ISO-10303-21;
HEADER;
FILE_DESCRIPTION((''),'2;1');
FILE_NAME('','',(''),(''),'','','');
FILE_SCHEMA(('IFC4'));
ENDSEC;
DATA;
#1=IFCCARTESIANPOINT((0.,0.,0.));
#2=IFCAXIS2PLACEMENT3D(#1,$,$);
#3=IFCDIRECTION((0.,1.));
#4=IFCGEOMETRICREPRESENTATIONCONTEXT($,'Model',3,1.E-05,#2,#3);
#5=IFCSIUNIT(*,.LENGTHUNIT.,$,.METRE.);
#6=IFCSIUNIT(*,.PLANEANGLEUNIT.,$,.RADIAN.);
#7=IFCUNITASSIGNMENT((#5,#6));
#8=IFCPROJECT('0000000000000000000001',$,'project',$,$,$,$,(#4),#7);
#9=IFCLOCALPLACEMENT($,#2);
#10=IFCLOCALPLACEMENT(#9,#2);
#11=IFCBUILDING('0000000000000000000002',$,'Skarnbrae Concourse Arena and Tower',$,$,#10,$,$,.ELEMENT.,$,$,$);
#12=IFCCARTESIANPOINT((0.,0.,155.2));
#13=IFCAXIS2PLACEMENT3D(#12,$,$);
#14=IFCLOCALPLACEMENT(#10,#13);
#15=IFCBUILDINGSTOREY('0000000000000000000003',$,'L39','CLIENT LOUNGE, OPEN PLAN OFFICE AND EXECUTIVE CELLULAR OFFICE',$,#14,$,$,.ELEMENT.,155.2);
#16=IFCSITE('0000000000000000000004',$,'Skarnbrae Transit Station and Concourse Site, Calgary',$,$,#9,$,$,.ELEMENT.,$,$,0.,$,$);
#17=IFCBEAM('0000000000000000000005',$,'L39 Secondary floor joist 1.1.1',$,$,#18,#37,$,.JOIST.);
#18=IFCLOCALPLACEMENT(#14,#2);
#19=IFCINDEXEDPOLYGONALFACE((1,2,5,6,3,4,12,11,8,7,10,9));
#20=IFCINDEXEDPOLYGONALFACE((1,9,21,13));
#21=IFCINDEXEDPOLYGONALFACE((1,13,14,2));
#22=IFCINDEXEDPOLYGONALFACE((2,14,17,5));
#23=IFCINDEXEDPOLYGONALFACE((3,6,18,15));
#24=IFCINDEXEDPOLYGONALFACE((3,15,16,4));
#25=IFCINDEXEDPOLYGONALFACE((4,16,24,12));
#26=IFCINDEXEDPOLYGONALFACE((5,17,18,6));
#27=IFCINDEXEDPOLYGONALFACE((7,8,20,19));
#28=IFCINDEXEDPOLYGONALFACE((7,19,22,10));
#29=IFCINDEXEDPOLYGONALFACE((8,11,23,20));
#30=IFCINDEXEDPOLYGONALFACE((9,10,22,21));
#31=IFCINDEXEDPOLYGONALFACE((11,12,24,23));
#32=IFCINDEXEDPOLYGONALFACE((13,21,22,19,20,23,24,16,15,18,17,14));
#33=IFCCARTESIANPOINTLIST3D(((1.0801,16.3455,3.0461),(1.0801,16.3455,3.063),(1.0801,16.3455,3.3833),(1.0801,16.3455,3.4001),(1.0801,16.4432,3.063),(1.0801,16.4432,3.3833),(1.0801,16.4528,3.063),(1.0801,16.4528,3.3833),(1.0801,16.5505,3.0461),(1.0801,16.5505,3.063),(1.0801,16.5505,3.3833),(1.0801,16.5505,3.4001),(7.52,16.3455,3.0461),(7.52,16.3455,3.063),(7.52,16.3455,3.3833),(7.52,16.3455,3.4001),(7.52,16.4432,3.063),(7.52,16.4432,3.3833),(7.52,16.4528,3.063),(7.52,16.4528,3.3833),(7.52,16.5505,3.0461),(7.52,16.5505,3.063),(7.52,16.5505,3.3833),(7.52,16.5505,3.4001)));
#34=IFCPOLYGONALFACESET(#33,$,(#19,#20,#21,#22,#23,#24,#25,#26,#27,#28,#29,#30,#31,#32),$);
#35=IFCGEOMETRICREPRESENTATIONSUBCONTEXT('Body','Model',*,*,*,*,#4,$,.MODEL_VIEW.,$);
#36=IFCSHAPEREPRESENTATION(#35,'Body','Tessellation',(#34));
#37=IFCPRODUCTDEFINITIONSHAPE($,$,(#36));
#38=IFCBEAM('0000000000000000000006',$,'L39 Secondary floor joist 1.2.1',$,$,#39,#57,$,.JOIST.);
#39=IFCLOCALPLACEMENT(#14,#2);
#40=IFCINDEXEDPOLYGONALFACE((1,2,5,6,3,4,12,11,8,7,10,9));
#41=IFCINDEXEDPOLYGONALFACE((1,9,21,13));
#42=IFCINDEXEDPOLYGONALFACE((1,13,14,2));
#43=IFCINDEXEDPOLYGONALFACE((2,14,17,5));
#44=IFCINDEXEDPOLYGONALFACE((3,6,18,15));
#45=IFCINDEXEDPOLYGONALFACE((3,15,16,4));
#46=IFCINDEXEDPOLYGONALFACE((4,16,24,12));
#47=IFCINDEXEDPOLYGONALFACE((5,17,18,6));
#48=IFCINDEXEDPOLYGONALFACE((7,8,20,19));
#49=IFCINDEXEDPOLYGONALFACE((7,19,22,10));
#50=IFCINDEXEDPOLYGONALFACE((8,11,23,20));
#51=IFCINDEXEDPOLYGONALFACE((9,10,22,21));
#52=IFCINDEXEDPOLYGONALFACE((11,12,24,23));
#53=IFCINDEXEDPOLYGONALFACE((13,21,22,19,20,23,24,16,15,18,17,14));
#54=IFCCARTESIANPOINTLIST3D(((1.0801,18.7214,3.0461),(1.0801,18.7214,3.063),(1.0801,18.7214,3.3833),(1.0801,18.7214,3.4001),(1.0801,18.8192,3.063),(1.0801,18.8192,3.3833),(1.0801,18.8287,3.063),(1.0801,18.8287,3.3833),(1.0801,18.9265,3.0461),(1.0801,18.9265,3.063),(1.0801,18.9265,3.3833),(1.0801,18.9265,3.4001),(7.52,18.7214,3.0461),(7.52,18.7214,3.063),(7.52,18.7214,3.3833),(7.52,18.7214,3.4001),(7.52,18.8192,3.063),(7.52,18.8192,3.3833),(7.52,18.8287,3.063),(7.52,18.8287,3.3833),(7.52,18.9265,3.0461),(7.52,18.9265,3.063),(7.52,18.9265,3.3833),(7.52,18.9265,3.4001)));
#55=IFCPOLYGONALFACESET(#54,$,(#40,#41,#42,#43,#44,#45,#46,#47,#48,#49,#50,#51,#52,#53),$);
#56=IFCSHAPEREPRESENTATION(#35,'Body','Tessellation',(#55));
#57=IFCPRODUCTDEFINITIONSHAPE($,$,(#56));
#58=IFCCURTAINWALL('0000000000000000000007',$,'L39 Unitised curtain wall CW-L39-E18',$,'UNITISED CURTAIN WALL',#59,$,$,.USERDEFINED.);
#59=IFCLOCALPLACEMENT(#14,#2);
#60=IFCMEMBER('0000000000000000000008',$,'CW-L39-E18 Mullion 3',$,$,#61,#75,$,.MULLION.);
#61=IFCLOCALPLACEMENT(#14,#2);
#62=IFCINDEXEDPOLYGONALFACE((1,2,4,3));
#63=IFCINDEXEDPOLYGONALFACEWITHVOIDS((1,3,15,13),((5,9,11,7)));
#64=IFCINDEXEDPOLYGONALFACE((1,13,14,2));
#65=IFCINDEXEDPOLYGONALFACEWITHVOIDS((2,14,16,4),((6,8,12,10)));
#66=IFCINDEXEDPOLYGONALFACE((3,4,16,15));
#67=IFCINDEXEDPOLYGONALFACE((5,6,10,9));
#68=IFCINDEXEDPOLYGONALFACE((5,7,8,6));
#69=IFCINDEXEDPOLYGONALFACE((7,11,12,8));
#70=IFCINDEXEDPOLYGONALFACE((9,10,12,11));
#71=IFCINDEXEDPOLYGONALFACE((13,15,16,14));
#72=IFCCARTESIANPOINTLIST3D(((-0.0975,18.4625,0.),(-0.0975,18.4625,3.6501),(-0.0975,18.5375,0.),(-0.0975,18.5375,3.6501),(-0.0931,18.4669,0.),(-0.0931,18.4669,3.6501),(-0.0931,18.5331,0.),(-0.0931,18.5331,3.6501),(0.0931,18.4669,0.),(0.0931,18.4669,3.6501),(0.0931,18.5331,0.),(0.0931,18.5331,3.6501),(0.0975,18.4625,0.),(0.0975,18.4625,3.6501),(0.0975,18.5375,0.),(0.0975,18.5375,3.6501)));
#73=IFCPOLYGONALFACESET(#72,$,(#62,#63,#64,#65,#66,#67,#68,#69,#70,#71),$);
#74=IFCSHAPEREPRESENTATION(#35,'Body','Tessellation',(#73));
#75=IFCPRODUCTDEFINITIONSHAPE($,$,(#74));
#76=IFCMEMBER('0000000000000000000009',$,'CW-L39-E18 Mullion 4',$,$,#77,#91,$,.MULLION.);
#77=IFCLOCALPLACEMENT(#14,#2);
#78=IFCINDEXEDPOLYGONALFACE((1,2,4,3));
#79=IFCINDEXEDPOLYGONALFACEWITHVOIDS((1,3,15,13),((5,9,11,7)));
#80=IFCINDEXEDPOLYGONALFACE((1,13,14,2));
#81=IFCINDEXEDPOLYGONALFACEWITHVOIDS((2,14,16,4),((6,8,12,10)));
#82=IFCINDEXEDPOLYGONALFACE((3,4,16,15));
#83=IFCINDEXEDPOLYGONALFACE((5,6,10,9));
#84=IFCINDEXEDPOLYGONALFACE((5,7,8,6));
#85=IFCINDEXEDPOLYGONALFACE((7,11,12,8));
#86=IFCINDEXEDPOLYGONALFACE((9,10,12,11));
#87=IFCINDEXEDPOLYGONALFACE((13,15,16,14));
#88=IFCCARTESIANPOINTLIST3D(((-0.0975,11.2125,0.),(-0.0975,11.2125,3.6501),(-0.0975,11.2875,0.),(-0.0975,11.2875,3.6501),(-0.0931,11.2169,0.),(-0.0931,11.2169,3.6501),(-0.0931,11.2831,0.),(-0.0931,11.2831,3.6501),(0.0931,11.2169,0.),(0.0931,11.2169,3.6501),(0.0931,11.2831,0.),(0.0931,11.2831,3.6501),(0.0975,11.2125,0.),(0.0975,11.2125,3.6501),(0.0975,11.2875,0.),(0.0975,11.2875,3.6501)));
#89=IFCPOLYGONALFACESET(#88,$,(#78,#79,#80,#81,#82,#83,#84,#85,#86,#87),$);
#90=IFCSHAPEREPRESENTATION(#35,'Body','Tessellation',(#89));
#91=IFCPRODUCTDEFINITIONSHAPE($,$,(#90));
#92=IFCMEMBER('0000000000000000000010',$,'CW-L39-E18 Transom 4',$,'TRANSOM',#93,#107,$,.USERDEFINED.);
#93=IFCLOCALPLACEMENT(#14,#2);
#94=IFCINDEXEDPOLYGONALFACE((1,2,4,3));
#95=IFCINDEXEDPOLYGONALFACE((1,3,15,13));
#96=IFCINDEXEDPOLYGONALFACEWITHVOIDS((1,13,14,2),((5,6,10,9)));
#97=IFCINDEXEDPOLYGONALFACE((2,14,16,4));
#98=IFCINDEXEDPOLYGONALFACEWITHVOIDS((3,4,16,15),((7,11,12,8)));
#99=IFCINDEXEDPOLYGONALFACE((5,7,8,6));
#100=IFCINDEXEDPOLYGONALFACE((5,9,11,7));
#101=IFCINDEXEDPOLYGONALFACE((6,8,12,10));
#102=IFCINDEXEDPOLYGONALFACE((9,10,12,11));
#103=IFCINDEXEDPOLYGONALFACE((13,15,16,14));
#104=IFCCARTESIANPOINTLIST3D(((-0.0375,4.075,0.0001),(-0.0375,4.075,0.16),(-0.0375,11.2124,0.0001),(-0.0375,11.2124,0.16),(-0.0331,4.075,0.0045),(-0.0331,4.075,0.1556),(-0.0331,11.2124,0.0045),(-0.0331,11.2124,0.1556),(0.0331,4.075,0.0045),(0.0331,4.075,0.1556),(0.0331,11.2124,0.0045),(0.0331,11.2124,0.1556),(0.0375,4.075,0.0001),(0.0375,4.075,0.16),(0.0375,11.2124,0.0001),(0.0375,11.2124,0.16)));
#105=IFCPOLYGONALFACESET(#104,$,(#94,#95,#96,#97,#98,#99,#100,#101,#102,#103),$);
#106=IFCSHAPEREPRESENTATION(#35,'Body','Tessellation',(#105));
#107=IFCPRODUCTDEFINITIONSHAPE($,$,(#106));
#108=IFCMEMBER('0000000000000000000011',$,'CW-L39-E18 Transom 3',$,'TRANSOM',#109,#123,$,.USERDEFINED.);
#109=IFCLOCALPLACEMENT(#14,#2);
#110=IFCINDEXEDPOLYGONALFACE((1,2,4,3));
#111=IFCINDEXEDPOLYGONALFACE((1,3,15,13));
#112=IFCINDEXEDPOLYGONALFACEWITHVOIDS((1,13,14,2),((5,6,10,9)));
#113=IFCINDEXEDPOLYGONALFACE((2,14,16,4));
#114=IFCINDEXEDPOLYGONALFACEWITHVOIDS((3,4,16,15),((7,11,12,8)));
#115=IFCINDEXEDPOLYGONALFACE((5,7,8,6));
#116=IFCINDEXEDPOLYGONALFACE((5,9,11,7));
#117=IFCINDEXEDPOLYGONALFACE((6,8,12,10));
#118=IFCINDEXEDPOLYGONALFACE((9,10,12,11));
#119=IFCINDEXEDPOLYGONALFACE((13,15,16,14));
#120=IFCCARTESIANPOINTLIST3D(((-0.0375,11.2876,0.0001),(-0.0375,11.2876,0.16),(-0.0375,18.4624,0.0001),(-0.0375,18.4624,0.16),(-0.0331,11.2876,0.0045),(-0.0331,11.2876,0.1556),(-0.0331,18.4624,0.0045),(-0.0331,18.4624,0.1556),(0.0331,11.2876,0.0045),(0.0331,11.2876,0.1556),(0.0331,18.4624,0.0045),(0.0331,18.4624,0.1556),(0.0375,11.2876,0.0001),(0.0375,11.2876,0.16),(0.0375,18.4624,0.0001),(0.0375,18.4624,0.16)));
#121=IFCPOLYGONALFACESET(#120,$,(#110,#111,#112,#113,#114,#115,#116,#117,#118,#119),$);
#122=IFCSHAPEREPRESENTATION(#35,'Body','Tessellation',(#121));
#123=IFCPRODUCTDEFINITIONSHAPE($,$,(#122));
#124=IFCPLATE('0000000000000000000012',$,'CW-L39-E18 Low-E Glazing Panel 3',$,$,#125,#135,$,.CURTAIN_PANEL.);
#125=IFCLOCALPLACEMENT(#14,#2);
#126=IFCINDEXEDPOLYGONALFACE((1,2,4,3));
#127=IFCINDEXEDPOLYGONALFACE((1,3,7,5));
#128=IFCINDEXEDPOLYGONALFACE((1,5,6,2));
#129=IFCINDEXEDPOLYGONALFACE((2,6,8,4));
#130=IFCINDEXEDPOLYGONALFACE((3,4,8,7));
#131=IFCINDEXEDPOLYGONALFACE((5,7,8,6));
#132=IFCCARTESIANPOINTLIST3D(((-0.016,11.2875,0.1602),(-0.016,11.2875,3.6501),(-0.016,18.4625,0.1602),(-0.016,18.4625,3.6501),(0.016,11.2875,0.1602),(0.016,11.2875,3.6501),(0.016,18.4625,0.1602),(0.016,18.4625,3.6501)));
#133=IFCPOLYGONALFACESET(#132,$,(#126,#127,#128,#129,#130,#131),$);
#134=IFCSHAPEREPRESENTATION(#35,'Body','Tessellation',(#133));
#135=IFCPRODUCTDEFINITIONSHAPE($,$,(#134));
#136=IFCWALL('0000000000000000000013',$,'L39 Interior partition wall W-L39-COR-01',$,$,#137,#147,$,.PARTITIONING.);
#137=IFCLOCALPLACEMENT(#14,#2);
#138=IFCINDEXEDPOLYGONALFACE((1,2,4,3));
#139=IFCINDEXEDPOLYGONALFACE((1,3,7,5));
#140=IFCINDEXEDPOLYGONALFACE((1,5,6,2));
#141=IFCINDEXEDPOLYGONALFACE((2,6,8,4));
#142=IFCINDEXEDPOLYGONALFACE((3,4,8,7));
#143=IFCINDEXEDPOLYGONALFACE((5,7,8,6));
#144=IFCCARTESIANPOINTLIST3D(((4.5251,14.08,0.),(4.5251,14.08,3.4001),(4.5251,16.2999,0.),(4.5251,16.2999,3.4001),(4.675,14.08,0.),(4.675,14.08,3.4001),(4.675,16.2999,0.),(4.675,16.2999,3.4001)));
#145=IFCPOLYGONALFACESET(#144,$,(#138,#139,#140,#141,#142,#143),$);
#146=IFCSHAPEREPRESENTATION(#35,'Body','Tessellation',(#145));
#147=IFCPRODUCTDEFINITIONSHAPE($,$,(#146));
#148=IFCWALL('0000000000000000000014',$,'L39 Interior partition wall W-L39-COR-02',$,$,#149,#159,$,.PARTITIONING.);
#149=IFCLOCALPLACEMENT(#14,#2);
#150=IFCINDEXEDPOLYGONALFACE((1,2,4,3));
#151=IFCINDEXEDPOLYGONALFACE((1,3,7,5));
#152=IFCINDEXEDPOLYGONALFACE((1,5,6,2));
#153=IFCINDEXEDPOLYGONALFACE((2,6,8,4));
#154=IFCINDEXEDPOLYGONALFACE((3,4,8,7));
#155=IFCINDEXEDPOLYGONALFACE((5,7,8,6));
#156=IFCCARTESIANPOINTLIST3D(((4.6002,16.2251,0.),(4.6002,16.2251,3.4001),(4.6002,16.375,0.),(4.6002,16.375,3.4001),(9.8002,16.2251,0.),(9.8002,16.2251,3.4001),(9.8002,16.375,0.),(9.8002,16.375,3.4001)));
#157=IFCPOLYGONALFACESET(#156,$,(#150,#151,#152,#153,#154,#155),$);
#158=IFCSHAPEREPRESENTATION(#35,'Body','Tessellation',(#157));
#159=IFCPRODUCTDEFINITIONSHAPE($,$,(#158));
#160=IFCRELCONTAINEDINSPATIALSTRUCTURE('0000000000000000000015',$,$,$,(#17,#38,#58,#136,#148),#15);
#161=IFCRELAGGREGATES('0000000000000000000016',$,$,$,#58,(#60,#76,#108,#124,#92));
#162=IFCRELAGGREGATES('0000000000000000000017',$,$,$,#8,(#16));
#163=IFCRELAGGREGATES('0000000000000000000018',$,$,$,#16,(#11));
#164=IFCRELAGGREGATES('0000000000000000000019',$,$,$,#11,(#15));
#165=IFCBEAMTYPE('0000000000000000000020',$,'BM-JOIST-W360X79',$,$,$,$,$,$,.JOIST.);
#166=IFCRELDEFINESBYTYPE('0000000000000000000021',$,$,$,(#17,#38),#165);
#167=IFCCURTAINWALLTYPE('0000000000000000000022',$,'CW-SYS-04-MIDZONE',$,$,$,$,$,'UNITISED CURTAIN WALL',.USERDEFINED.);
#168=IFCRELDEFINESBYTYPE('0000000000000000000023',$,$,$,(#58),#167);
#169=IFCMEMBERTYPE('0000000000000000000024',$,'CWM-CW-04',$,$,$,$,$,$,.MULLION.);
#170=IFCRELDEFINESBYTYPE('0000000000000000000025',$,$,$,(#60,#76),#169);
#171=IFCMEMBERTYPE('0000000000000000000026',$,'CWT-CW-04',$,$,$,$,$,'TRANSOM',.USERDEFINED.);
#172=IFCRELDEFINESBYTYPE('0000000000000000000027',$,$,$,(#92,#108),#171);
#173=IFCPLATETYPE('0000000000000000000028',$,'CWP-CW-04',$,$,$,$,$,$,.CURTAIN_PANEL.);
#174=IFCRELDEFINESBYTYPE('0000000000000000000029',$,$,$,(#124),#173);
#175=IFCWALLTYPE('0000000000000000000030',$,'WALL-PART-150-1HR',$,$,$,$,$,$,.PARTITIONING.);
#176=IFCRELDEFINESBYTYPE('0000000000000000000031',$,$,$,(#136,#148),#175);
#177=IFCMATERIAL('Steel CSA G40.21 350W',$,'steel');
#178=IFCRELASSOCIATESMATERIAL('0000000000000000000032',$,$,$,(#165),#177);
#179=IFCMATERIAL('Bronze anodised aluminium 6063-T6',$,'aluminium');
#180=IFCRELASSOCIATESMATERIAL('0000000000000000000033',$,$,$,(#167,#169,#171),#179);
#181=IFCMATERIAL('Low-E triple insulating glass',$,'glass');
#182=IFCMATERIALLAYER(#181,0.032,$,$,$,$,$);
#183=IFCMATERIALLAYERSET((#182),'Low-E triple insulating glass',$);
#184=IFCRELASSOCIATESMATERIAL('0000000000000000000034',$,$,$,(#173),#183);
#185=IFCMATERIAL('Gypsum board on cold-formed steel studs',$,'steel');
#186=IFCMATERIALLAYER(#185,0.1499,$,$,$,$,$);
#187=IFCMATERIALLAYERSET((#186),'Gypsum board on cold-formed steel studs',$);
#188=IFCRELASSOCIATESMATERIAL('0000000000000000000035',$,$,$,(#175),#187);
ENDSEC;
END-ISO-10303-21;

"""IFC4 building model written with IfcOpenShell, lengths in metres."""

from ifc_helpers import new_model, si_unit, direction, frame, frame_2d, origin, origin_2d, place, context, subcontext, project, spatial, rectangle, hollow_rectangle, i_section, extrude, source, transform, mapped, material, layer, layer_set, material_profile, profile_set, type_object, element, aggregate, save


model = new_model("IFC4")

# Units and contexts
model_context = context("Model", 3, precision=1e-05, world=origin(), true_north=direction((0.0, 1.0)))
body_context = subcontext(model_context, "Body", "Model", "MODEL_VIEW")
ifc_project = project(units=[si_unit("LENGTHUNIT", "METRE"), si_unit("PLANEANGLEUNIT", "RADIAN")], contexts=[model_context])

# Site, building, storey
site_placement = place(None, origin())
site = spatial("IfcSite", under=ifc_project, at=site_placement, Name="Skarnbrae Transit Station and Concourse Site, Calgary", CompositionType="ELEMENT", RefElevation=0.0)
building_placement = place(site_placement, origin())
building = spatial("IfcBuilding", under=site, at=building_placement, Name="Skarnbrae Concourse Arena and Tower", CompositionType="ELEMENT")
storey_placement = place(building_placement, frame((0.0, 0.0, 155.2)))
storey = spatial("IfcBuildingStorey", under=building, at=storey_placement, Name="L39", Description="CLIENT LOUNGE, OPEN PLAN OFFICE AND EXECUTIVE CELLULAR OFFICE", CompositionType="ELEMENT", Elevation=155.2)

# Shared definitions
ifc_material_1 = material(Name="Steel CSA G40.21 350W", Category="steel")

# Beams
ifc_material_profile_1 = material_profile(ifc_material_1, i_section(OverallWidth=0.2051, OverallDepth=0.354, WebThickness=0.0095, FlangeThickness=0.0168, at=origin_2d()), Name="W360X79")
ifc_profile_set_1 = profile_set([ifc_material_profile_1], Name="Steel CSA G40.21 350W")
beam_type_1 = type_object("IfcBeamType", Name="BM-JOIST-W360X79", PredefinedType="JOIST", material=ifc_profile_set_1)
shared_shape_1 = source(origin(), body_context, "Body", "SweptSolid", [
    extrude(i_section(OverallWidth=0.2051, OverallDepth=0.354, WebThickness=0.0095, FlangeThickness=0.0168, at=origin_2d()), origin(), (0.0, 0.0, 1.0), 6.4399),
])
for number, where, z_axis, x_axis, name in (
    (1, (1.0801, 16.448, 3.2231), (1.0, 0.0, 0.0), (0.0, 1.0, 0.0), "L39 Secondary floor joist 1.1.1"),
    (2, (1.0801, 18.824, 3.2231), (1.0, 0.0, 0.0), (0.0, 1.0, 0.0), "L39 Secondary floor joist 1.2.1"),
):
    element("IfcBeam", number, at=place(storey_placement, frame(where, z_axis=z_axis, x_axis=x_axis)), inside=storey, type_object=beam_type_1, Name=name, PredefinedType="JOIST", context=body_context, shape_type="MappedRepresentation", body=[
        mapped(shared_shape_1, transform((0.0, 0.0, 0.0))),
    ])

# Curtain wall, members, plate
ifc_material_2 = material(Name="Bronze anodised aluminium 6063-T6", Category="aluminium")
curtain_wall_type = type_object("IfcCurtainWallType", Name="CW-SYS-04-MIDZONE", ElementType="UNITISED CURTAIN WALL", PredefinedType="USERDEFINED", material=ifc_material_2)
curtain_wall_placement = place(storey_placement, origin())
curtain_wall = element("IfcCurtainWall", 3, at=curtain_wall_placement, inside=storey, type_object=curtain_wall_type, Name="L39 Unitised curtain wall CW-L39-E18", ObjectType="UNITISED CURTAIN WALL", PredefinedType="USERDEFINED")
ifc_material_profile_2 = material_profile(ifc_material_2, hollow_rectangle(XDim=0.075, YDim=0.1951, WallThickness=0.0044, at=origin_2d()), Name="ALU-MULL-75X195")
ifc_profile_set_2 = profile_set([ifc_material_profile_2], Name="Bronze anodised aluminium 6063-T6")
member_type_1 = type_object("IfcMemberType", Name="CWM-CW-04", PredefinedType="MULLION", material=ifc_profile_set_2)
shared_shape_2 = source(origin(), body_context, "Body", "SweptSolid", [
    extrude(hollow_rectangle(XDim=0.075, YDim=0.1951, WallThickness=0.0044, at=origin_2d()), origin(), (0.0, 0.0, 1.0), 3.6501),
])
member_1_placement = place(storey_placement, frame((0.0, 18.5, 0.0), z_axis=(0.0, 0.0, 1.0), x_axis=(0.0, -1.0, 0.0)))
member_1 = element("IfcMember", 4, at=member_1_placement, type_object=member_type_1, Name="CW-L39-E18 Mullion 3", PredefinedType="MULLION", context=body_context, shape_type="MappedRepresentation", body=[
    mapped(shared_shape_2, transform((0.0, 0.0, 0.0))),
])
member_2_placement = place(storey_placement, frame((0.0, 11.25, 0.0), z_axis=(0.0, 0.0, 1.0), x_axis=(0.0, -1.0, 0.0)))
member_2 = element("IfcMember", 5, at=member_2_placement, type_object=member_type_1, Name="CW-L39-E18 Mullion 4", PredefinedType="MULLION", context=body_context, shape_type="MappedRepresentation", body=[
    mapped(shared_shape_2, transform((0.0, 0.0, 0.0))),
])
ifc_material_profile_3 = material_profile(ifc_material_2, hollow_rectangle(XDim=0.075, YDim=0.1599, WallThickness=0.0044, at=origin_2d()), Name="ALU-TRAN-75X160")
ifc_profile_set_3 = profile_set([ifc_material_profile_3], Name="Bronze anodised aluminium 6063-T6")
member_type_2 = type_object("IfcMemberType", Name="CWT-CW-04", ElementType="TRANSOM", PredefinedType="USERDEFINED", material=ifc_profile_set_3)
shared_shape_3 = source(origin(), body_context, "Body", "SweptSolid", [
    extrude(hollow_rectangle(XDim=0.075, YDim=0.1599, WallThickness=0.0044, at=origin_2d()), origin(), (0.0, 0.0, 1.0), 7.1375),
])
member_3_placement = place(storey_placement, frame((0.0, 11.2124, 0.0801), z_axis=(0.0, -1.0, 0.0), x_axis=(1.0, 0.0, 0.0)))
member_3 = element("IfcMember", 6, at=member_3_placement, type_object=member_type_2, Name="CW-L39-E18 Transom 4", ObjectType="TRANSOM", PredefinedType="USERDEFINED", context=body_context, shape_type="MappedRepresentation", body=[
    mapped(shared_shape_3, transform((0.0, 0.0, 0.0))),
])
shared_shape_4 = source(origin(), body_context, "Body", "SweptSolid", [
    extrude(hollow_rectangle(XDim=0.075, YDim=0.1599, WallThickness=0.0044, at=origin_2d()), origin(), (0.0, 0.0, 1.0), 7.1748),
])
member_4_placement = place(storey_placement, frame((0.0, 18.4624, 0.0801), z_axis=(0.0, -1.0, 0.0), x_axis=(1.0, 0.0, 0.0)))
member_4 = element("IfcMember", 7, at=member_4_placement, type_object=member_type_2, Name="CW-L39-E18 Transom 3", ObjectType="TRANSOM", PredefinedType="USERDEFINED", context=body_context, shape_type="MappedRepresentation", body=[
    mapped(shared_shape_4, transform((0.0, 0.0, 0.0))),
])
ifc_material_3 = material(Name="Low-E triple insulating glass", Category="glass")
ifc_layer_1 = layer(ifc_material_3, 0.032)
ifc_layer_set_1 = layer_set([ifc_layer_1], Name="Low-E triple insulating glass")
plate_type = type_object("IfcPlateType", Name="CWP-CW-04", PredefinedType="CURTAIN_PANEL", material=ifc_layer_set_1)
shared_shape_5 = source(origin(), body_context, "Body", "SweptSolid", [
    extrude(rectangle(XDim=7.175, YDim=0.032, at=origin_2d()), origin(), (0.0, 0.0, 1.0), 3.49),
])
plate_placement = place(storey_placement, frame((0.0, 14.875, 0.1602), z_axis=(0.0, 0.0, 1.0), x_axis=(0.0, -1.0, 0.0)))
plate = element("IfcPlate", 8, at=plate_placement, type_object=plate_type, Name="CW-L39-E18 Low-E Glazing Panel 3", PredefinedType="CURTAIN_PANEL", context=body_context, shape_type="MappedRepresentation", body=[
    mapped(shared_shape_5, transform((0.0, 0.0, 0.0))),
])
aggregate(curtain_wall, [member_1, member_2, member_4, plate, member_3])

# Walls
ifc_material_4 = material(Name="Gypsum board on cold-formed steel studs", Category="steel")
ifc_layer_2 = layer(ifc_material_4, 0.1499)
ifc_layer_set_2 = layer_set([ifc_layer_2], Name="Gypsum board on cold-formed steel studs")
wall_type_1 = type_object("IfcWallType", Name="WALL-PART-150-1HR", PredefinedType="PARTITIONING", material=ifc_layer_set_2)
shared_shape_6 = source(origin(), body_context, "Body", "SweptSolid", [
    extrude(rectangle(XDim=2.22, YDim=0.1499, at=frame_2d((1.1099, 0.0))), origin(), (0.0, 0.0, 1.0), 3.4001),
])
wall_1_placement = place(storey_placement, frame((4.6001, 14.0801, 0.0), z_axis=(0.0, 0.0, 1.0), x_axis=(0.0, 1.0, 0.0)))
element("IfcWall", 9, at=wall_1_placement, inside=storey, type_object=wall_type_1, Name="L39 Interior partition wall W-L39-COR-01", PredefinedType="PARTITIONING", context=body_context, shape_type="MappedRepresentation", body=[
    mapped(shared_shape_6, transform((0.0, 0.0, 0.0))),
])
shared_shape_7 = source(origin(), body_context, "Body", "SweptSolid", [
    extrude(rectangle(XDim=5.2, YDim=0.1499, at=frame_2d((2.6001, 0.0))), origin(), (0.0, 0.0, 1.0), 3.4001),
])
wall_2_placement = place(storey_placement, frame((4.6001, 16.3, 0.0), z_axis=(0.0, 0.0, 1.0), x_axis=(1.0, 0.0, 0.0)))
element("IfcWall", 10, at=wall_2_placement, inside=storey, type_object=wall_type_1, Name="L39 Interior partition wall W-L39-COR-02", PredefinedType="PARTITIONING", context=body_context, shape_type="MappedRepresentation", body=[
    mapped(shared_shape_7, transform((0.0, 0.0, 0.0))),
])

save(model, "model.ifc")
